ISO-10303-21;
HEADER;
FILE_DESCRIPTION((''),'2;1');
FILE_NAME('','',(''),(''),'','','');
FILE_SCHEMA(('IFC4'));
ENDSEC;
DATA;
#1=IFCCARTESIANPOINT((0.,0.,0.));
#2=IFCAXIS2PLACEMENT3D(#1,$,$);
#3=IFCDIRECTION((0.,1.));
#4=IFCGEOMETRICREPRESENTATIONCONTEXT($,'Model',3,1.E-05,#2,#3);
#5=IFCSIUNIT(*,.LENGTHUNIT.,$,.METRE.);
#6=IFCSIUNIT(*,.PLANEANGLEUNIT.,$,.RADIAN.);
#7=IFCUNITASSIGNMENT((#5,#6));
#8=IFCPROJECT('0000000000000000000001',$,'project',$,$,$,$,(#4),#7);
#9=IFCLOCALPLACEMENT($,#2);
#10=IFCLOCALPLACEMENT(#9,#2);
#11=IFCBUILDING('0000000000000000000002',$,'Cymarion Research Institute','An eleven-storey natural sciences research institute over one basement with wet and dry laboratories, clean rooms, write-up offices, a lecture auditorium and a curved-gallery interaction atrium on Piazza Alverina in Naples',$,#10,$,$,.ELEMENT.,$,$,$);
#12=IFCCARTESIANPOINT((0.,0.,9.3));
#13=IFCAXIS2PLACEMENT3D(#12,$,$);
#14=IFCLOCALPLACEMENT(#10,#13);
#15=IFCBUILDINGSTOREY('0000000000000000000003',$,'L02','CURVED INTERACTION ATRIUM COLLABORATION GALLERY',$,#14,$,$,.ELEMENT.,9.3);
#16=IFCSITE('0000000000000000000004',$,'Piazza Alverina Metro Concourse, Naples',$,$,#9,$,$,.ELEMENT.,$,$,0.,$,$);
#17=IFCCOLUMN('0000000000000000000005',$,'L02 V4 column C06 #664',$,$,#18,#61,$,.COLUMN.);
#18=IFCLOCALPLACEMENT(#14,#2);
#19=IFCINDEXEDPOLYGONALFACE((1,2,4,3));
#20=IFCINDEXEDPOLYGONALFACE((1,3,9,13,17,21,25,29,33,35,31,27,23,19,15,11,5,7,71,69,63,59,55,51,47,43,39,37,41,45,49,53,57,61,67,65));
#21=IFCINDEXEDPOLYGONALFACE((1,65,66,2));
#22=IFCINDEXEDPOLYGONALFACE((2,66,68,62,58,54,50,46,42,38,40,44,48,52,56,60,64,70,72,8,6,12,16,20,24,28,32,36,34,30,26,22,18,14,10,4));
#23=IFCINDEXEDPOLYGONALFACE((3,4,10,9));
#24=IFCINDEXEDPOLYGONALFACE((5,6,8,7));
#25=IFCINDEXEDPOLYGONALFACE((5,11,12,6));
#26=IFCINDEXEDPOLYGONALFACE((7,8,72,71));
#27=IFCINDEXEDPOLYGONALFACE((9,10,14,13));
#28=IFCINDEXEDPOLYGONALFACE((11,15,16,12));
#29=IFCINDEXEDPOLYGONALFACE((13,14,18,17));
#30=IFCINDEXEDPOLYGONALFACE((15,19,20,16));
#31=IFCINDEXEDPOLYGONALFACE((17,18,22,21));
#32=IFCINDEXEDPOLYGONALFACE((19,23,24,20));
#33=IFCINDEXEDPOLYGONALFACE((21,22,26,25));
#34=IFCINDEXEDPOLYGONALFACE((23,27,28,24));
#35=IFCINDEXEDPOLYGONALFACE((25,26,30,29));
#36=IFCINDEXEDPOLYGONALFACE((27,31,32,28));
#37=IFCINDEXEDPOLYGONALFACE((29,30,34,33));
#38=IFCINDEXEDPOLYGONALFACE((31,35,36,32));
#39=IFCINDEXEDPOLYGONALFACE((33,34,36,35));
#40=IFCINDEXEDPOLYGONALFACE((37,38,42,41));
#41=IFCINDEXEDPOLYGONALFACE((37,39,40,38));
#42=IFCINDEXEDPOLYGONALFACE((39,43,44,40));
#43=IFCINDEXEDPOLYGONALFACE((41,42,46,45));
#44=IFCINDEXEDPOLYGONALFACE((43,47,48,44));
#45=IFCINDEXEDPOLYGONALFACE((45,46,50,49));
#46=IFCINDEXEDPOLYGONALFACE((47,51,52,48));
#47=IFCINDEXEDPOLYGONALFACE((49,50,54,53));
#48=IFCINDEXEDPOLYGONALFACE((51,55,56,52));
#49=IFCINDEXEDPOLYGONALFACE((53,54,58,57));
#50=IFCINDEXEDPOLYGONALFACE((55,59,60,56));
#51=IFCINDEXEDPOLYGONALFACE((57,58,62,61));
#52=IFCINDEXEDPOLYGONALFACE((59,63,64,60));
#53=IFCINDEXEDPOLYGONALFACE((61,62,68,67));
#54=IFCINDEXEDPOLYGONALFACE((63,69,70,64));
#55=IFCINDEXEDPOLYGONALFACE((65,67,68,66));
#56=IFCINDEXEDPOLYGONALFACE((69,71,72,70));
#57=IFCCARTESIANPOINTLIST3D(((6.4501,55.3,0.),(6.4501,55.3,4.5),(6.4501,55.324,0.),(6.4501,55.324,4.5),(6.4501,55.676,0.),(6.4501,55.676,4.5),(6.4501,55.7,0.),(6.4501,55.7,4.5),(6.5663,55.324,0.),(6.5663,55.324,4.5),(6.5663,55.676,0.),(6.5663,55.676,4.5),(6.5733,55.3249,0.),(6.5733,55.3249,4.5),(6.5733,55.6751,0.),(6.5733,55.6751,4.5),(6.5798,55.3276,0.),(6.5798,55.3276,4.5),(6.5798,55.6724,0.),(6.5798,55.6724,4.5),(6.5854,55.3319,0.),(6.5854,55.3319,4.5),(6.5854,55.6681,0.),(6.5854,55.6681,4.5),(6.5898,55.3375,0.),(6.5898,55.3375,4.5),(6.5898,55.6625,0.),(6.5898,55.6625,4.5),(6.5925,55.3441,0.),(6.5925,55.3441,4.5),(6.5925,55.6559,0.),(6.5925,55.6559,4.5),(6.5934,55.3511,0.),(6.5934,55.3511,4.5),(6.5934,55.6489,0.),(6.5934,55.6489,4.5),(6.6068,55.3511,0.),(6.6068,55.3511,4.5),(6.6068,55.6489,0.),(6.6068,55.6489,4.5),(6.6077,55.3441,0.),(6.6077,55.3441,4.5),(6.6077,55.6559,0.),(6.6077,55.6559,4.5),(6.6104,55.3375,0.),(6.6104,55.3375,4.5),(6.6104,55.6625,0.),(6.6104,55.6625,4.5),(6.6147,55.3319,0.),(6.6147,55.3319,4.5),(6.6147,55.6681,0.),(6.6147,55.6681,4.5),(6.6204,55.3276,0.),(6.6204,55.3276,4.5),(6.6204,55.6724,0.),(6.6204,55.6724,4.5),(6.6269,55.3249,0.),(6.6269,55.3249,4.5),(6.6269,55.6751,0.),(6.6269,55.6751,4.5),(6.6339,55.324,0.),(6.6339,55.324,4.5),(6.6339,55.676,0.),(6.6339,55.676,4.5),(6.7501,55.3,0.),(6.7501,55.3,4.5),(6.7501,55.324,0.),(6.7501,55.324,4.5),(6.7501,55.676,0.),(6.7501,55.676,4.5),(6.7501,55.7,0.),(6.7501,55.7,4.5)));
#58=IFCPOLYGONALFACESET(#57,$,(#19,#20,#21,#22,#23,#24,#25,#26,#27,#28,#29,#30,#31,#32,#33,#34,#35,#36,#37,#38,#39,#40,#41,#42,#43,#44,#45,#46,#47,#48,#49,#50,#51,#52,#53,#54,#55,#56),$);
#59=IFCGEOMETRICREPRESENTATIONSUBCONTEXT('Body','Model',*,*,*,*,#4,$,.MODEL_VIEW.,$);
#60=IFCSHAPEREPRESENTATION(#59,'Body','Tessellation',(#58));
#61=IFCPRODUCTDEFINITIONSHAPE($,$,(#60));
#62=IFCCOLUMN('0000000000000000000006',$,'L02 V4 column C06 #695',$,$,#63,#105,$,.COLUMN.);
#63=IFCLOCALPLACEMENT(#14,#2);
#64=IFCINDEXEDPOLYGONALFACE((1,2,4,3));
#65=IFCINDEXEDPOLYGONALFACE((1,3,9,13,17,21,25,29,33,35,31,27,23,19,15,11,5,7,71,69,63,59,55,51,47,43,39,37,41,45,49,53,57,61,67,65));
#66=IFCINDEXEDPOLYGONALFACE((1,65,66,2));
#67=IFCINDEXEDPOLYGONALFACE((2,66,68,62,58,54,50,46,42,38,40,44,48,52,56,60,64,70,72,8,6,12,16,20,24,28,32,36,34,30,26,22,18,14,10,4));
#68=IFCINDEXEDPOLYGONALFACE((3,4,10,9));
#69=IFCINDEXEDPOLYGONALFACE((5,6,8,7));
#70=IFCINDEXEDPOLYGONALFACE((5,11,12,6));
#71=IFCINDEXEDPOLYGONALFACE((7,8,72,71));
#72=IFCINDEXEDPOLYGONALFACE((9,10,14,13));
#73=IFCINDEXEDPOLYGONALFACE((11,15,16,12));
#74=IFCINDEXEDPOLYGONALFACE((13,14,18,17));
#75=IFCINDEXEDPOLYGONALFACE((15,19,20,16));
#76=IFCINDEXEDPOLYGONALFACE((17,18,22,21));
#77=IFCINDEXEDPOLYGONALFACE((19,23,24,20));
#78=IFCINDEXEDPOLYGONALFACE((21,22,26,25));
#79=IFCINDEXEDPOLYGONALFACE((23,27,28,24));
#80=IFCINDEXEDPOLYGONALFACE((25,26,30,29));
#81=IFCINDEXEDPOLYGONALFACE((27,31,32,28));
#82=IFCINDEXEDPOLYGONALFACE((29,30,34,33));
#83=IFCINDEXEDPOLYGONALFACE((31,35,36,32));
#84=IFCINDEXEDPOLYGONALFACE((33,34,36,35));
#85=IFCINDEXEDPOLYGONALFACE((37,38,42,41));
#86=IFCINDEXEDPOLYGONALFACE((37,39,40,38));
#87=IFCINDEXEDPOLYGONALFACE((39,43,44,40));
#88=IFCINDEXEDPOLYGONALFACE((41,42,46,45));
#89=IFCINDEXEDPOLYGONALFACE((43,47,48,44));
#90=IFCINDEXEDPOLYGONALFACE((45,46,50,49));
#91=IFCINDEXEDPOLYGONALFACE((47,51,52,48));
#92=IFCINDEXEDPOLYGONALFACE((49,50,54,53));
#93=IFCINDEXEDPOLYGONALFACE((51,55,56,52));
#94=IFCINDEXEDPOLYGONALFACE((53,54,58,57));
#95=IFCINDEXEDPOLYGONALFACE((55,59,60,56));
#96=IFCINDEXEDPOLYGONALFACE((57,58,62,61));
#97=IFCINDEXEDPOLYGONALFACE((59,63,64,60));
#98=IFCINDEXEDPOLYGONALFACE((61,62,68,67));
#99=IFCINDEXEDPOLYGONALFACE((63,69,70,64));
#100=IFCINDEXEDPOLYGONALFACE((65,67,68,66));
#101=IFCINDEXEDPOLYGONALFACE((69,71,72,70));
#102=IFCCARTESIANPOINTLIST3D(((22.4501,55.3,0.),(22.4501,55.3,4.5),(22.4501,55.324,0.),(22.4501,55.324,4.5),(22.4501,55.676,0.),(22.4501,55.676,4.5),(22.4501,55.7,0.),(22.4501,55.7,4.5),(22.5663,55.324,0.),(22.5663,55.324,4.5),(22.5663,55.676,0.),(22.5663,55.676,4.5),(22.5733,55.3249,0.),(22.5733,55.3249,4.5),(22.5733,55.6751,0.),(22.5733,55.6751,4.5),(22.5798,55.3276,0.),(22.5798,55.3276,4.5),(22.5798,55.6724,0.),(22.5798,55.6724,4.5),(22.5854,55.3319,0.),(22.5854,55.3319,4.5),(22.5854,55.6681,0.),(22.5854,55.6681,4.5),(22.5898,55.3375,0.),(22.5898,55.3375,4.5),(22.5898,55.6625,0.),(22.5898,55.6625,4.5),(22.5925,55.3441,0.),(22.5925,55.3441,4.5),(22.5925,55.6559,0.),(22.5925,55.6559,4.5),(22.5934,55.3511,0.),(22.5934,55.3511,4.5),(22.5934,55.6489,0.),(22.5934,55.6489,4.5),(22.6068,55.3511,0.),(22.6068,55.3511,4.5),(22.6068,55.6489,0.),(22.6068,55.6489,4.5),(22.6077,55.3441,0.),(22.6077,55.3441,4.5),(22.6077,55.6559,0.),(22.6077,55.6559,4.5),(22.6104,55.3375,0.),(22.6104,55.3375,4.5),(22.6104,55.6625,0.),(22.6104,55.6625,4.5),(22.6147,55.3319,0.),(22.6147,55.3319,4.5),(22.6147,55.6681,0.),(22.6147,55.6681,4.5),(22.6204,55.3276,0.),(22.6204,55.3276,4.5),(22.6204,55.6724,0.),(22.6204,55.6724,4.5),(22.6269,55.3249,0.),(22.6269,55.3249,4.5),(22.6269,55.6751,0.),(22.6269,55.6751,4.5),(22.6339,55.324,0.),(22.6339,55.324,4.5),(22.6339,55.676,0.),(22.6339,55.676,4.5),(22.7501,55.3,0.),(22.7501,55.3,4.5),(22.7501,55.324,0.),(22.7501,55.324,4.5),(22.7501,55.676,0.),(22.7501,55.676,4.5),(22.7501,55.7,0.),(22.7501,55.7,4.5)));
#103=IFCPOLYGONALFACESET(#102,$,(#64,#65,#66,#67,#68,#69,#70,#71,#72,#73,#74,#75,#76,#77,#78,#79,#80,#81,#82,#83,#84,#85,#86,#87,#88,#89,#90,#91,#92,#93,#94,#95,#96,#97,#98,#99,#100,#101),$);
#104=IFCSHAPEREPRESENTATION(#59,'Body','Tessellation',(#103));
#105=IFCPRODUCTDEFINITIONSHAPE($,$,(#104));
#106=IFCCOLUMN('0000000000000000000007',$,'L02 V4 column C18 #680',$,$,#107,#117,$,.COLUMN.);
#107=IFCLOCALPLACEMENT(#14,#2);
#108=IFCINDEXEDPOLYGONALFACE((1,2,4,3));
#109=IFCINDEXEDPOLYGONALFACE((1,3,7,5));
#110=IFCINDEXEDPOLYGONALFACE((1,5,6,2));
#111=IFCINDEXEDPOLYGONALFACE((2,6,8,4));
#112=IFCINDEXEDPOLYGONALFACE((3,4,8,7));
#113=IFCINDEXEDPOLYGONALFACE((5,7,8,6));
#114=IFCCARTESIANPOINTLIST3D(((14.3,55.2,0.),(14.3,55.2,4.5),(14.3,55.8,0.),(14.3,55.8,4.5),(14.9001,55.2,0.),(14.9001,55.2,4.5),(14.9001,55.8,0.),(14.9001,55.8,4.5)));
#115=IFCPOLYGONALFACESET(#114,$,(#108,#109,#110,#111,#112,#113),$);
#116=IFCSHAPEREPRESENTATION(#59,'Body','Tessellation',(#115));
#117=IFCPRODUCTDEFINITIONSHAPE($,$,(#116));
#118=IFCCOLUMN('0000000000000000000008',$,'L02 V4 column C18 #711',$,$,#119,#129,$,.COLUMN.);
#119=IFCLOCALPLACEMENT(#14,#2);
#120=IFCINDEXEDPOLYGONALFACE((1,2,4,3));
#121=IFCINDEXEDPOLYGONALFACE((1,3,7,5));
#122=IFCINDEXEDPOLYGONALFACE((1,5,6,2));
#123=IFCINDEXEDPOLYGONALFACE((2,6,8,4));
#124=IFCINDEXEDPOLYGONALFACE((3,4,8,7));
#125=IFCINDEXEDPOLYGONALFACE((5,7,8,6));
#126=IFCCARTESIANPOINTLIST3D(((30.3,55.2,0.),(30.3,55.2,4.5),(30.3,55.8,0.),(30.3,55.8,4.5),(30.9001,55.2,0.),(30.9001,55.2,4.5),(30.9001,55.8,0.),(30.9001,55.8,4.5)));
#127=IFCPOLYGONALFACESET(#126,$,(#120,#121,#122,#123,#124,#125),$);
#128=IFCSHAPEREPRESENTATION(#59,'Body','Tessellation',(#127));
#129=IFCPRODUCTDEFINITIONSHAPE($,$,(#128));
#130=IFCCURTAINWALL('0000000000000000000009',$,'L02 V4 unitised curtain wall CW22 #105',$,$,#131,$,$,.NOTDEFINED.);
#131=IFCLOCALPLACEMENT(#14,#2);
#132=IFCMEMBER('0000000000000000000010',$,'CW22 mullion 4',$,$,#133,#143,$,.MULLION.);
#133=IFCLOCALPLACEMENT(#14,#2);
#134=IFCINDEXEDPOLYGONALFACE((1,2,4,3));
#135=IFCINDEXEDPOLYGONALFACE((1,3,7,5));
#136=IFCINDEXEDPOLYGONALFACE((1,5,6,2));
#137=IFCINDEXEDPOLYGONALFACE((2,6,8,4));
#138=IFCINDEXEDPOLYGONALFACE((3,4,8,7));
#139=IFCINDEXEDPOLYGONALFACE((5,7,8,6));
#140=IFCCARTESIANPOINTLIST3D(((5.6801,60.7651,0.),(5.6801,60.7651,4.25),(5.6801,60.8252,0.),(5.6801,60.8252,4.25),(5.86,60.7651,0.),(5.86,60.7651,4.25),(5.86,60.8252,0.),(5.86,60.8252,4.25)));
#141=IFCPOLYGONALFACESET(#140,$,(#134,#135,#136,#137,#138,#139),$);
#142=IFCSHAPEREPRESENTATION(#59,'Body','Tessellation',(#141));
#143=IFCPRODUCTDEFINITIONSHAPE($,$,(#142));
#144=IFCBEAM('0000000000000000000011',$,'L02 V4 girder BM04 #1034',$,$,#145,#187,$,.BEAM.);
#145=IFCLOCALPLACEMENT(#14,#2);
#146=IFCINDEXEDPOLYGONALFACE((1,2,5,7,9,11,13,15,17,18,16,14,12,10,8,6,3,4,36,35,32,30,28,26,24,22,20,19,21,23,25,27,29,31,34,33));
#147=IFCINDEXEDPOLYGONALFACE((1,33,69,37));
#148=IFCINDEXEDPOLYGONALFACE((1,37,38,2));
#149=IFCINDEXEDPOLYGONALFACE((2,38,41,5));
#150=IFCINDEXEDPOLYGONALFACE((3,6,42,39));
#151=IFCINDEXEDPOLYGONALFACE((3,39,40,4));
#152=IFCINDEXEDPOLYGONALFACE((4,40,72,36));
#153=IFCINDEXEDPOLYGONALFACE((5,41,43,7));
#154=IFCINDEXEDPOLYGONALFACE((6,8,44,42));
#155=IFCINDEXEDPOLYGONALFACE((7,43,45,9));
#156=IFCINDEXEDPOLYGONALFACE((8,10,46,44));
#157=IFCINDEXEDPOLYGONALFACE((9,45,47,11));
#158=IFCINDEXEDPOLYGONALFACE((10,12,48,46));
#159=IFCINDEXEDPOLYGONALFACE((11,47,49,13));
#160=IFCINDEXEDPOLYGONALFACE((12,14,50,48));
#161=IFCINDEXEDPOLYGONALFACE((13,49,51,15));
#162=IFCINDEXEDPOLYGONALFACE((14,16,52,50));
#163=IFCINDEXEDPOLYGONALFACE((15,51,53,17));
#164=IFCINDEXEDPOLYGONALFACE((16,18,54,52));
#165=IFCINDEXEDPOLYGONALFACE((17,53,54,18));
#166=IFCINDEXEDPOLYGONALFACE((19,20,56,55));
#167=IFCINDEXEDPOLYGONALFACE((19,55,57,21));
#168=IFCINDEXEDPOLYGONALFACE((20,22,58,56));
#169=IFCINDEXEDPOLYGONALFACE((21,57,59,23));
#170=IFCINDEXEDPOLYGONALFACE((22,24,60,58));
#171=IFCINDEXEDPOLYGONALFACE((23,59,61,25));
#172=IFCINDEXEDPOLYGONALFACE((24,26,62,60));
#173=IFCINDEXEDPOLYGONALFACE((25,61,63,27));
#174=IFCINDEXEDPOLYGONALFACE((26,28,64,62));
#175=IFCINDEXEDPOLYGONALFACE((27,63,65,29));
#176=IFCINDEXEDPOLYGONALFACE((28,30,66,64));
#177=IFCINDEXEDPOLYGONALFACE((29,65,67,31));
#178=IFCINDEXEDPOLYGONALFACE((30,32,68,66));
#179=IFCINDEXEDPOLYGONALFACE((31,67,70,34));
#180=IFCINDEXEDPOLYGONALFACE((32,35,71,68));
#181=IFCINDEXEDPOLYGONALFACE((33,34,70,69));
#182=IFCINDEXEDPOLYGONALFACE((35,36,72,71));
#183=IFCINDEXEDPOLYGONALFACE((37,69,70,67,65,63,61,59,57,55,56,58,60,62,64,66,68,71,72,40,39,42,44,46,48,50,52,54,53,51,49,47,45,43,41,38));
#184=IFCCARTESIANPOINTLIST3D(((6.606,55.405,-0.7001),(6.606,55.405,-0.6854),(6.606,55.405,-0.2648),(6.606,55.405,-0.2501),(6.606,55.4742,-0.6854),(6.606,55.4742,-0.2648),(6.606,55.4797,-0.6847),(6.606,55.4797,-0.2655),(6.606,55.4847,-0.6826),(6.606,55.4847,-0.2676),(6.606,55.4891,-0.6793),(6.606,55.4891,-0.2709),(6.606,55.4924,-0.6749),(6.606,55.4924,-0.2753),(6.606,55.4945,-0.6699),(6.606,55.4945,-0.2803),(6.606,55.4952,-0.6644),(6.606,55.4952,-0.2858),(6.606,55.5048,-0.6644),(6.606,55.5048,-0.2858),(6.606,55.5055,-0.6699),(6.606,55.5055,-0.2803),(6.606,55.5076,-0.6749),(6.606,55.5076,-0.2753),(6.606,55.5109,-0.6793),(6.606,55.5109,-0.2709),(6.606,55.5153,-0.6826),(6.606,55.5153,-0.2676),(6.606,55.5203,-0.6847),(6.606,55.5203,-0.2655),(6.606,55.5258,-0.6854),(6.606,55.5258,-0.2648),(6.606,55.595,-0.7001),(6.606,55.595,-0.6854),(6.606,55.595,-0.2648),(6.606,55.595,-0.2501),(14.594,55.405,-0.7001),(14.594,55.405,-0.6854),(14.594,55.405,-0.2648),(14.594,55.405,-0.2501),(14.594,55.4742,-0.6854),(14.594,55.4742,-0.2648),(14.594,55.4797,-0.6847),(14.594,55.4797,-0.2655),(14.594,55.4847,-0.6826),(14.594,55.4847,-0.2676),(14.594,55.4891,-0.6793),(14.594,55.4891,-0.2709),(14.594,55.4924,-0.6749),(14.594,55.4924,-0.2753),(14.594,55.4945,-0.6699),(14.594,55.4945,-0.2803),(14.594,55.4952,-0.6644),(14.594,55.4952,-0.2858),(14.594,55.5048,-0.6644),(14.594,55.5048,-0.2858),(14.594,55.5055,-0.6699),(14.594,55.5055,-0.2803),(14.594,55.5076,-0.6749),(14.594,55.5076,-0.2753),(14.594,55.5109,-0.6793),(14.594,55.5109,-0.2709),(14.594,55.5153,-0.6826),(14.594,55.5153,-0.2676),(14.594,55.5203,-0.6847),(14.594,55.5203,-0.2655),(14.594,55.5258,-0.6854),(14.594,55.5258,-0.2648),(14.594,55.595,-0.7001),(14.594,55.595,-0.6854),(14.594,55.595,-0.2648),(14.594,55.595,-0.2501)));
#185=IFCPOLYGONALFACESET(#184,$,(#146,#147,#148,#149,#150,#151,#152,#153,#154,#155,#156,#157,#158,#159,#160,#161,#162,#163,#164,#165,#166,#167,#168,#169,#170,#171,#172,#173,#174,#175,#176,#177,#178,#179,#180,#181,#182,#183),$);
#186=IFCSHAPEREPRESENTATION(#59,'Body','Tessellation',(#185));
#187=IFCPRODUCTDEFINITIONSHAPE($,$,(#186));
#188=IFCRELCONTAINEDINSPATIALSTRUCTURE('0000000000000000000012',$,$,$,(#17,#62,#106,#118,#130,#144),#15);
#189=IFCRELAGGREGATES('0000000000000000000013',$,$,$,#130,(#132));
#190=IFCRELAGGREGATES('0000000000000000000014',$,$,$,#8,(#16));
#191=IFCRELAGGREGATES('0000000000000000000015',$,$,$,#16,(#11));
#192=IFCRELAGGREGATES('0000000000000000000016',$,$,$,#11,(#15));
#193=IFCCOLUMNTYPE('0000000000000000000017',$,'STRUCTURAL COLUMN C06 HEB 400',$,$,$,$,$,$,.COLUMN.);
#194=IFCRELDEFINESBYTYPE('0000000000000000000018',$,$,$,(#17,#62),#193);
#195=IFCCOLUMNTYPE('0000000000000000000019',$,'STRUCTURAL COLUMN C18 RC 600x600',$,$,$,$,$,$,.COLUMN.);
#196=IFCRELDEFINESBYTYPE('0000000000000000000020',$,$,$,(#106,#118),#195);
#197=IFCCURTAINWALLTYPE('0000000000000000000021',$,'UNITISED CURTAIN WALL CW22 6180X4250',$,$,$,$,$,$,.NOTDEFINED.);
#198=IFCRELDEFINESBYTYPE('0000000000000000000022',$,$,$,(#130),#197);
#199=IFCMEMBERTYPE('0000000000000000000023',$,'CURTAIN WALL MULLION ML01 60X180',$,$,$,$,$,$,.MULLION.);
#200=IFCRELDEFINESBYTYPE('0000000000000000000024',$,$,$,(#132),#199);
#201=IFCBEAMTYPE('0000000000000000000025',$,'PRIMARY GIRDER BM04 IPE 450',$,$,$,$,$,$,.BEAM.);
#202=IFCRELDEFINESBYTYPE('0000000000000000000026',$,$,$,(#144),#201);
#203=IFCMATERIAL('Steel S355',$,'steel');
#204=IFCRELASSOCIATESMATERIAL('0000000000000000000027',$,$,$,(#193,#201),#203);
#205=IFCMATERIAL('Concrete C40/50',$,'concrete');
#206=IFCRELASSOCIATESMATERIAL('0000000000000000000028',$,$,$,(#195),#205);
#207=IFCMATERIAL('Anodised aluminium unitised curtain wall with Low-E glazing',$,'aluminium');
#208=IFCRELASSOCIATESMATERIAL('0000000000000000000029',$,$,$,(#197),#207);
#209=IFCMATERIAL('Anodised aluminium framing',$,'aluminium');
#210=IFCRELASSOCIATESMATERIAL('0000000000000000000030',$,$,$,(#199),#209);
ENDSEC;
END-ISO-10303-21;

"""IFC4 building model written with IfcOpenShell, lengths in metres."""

from ifc_helpers import new_model, si_unit, direction, frame, origin, origin_2d, place, context, subcontext, project, spatial, rectangle, i_section, extrude, material, material_profile, profile_set, type_object, element, aggregate, save


model = new_model("IFC4")

# Units and contexts
model_context = context("Model", 3, precision=1e-05, world=origin(), true_north=direction((0.0, 1.0)))
body_context = subcontext(model_context, "Body", "Model", "MODEL_VIEW")
ifc_project = project(units=[si_unit("LENGTHUNIT", "METRE"), si_unit("PLANEANGLEUNIT", "RADIAN")], contexts=[model_context])

# Site, building, storey
site_placement = place(None, origin())
site = spatial("IfcSite", under=ifc_project, at=site_placement, Name="Piazza Alverina Metro Concourse, Naples", CompositionType="ELEMENT", RefElevation=0.0)
building_placement = place(site_placement, origin())
building = spatial("IfcBuilding", under=site, at=building_placement, Name="Cymarion Research Institute", Description="An eleven-storey natural sciences research institute over one basement with wet and dry laboratories, clean rooms, write-up offices, a lecture auditorium and a curved-gallery interaction atrium on Piazza Alverina in Naples", CompositionType="ELEMENT")
storey_placement = place(building_placement, frame((0.0, 0.0, 9.3)))
storey = spatial("IfcBuildingStorey", under=building, at=storey_placement, Name="L02", Description="CURVED INTERACTION ATRIUM COLLABORATION GALLERY", CompositionType="ELEMENT", Elevation=9.3)

# Columns
ifc_material_1 = material(Name="Steel S355", Category="steel")
ifc_material_profile_1 = material_profile(ifc_material_1, i_section(OverallWidth=0.3, OverallDepth=0.3999, WebThickness=0.0134, FlangeThickness=0.0239, FilletRadius=0.0271, at=origin_2d()), Name="HEB 400")
ifc_profile_set_1 = profile_set([ifc_material_profile_1], Name="Steel S355")
column_type_1 = type_object("IfcColumnType", Name="STRUCTURAL COLUMN C06 HEB 400", PredefinedType="COLUMN", material=ifc_profile_set_1)
for number, where, z_axis, x_axis, name in (
    (1, (6.6001, 55.5, 0.0), (0.0, 0.0, 1.0), (1.0, 0.0, 0.0), "L02 V4 column C06 #664"),
    (2, (22.6001, 55.5, 0.0), (0.0, 0.0, 1.0), (1.0, 0.0, 0.0), "L02 V4 column C06 #695"),
):
    element("IfcColumn", number, at=place(storey_placement, frame(where, z_axis=z_axis, x_axis=x_axis)), inside=storey, type_object=column_type_1, Name=name, PredefinedType="COLUMN", context=body_context, shape_type="SweptSolid", body=[
        extrude(i_section(OverallWidth=0.3, OverallDepth=0.3999, WebThickness=0.0134, FlangeThickness=0.0239, FilletRadius=0.0271, at=origin_2d()), origin(), (0.0, 0.0, 1.0), 4.5),
    ])
ifc_material_2 = material(Name="Concrete C40/50", Category="concrete")
ifc_material_profile_2 = material_profile(ifc_material_2, rectangle(XDim=0.6001, YDim=0.6001, at=origin_2d()), Name="RC 600x600")
ifc_profile_set_2 = profile_set([ifc_material_profile_2], Name="Concrete C40/50")
column_type_2 = type_object("IfcColumnType", Name="STRUCTURAL COLUMN C18 RC 600x600", PredefinedType="COLUMN", material=ifc_profile_set_2)
for number, where, z_axis, x_axis, name in (
    (3, (14.6001, 55.5, 0.0), (0.0, 0.0, 1.0), (1.0, 0.0, 0.0), "L02 V4 column C18 #680"),
    (4, (30.6001, 55.5, 0.0), (0.0, 0.0, 1.0), (1.0, 0.0, 0.0), "L02 V4 column C18 #711"),
):
    element("IfcColumn", number, at=place(storey_placement, frame(where, z_axis=z_axis, x_axis=x_axis)), inside=storey, type_object=column_type_2, Name=name, PredefinedType="COLUMN", context=body_context, shape_type="SweptSolid", body=[
        extrude(rectangle(XDim=0.6001, YDim=0.6001, at=origin_2d()), origin(), (0.0, 0.0, 1.0), 4.5),
    ])

# Curtain wall, member
ifc_material_3 = material(Name="Anodised aluminium unitised curtain wall with Low-E glazing", Category="aluminium")
curtain_wall_type = type_object("IfcCurtainWallType", Name="UNITISED CURTAIN WALL CW22 6180X4250", PredefinedType="NOTDEFINED", material=ifc_material_3)
curtain_wall_placement = place(storey_placement, origin())
curtain_wall = element("IfcCurtainWall", 5, at=curtain_wall_placement, inside=storey, type_object=curtain_wall_type, Name="L02 V4 unitised curtain wall CW22 #105", PredefinedType="NOTDEFINED")
ifc_material_4 = material(Name="Anodised aluminium framing", Category="aluminium")
ifc_material_profile_3 = material_profile(ifc_material_4, rectangle(XDim=0.0601, YDim=0.1799, at=origin_2d()), Name="ALU MULLION 60x180")
ifc_profile_set_3 = profile_set([ifc_material_profile_3], Name="Anodised aluminium framing")
member_type = type_object("IfcMemberType", Name="CURTAIN WALL MULLION ML01 60X180", PredefinedType="MULLION", material=ifc_profile_set_3)
member_placement = place(storey_placement, frame((5.77, 60.7952, 0.0), z_axis=(0.0, 0.0, 1.0), x_axis=(0.0, -1.0, 0.0)))
member = element("IfcMember", 6, at=member_placement, type_object=member_type, Name="CW22 mullion 4", PredefinedType="MULLION", context=body_context, shape_type="SweptSolid", body=[
    extrude(rectangle(XDim=0.0601, YDim=0.1799, at=origin_2d()), origin(), (0.0, 0.0, 1.0), 4.25),
])

# Beam
ifc_material_profile_4 = material_profile(ifc_material_1, i_section(OverallWidth=0.1899, OverallDepth=0.45, WebThickness=0.0095, FlangeThickness=0.0146, FilletRadius=0.021, at=origin_2d()), Name="IPE 450")
ifc_profile_set_4 = profile_set([ifc_material_profile_4], Name="Steel S355")
beam_type_1 = type_object("IfcBeamType", Name="PRIMARY GIRDER BM04 IPE 450", PredefinedType="BEAM", material=ifc_profile_set_4)
for number, where, z_axis, x_axis, name in (
    (7, (6.606, 55.5, -0.4751), (1.0, 0.0, 0.0), (0.0, 1.0, 0.0), "L02 V4 girder BM04 #1034"),
):
    element("IfcBeam", number, at=place(storey_placement, frame(where, z_axis=z_axis, x_axis=x_axis)), inside=storey, type_object=beam_type_1, Name=name, PredefinedType="BEAM", context=body_context, shape_type="SweptSolid", body=[
        extrude(i_section(OverallWidth=0.1899, OverallDepth=0.45, WebThickness=0.0095, FlangeThickness=0.0146, FilletRadius=0.021, at=origin_2d()), origin(), (0.0, 0.0, 1.0), 7.988),
    ])

aggregate(curtain_wall, [member])

save(model, "model.ifc")
